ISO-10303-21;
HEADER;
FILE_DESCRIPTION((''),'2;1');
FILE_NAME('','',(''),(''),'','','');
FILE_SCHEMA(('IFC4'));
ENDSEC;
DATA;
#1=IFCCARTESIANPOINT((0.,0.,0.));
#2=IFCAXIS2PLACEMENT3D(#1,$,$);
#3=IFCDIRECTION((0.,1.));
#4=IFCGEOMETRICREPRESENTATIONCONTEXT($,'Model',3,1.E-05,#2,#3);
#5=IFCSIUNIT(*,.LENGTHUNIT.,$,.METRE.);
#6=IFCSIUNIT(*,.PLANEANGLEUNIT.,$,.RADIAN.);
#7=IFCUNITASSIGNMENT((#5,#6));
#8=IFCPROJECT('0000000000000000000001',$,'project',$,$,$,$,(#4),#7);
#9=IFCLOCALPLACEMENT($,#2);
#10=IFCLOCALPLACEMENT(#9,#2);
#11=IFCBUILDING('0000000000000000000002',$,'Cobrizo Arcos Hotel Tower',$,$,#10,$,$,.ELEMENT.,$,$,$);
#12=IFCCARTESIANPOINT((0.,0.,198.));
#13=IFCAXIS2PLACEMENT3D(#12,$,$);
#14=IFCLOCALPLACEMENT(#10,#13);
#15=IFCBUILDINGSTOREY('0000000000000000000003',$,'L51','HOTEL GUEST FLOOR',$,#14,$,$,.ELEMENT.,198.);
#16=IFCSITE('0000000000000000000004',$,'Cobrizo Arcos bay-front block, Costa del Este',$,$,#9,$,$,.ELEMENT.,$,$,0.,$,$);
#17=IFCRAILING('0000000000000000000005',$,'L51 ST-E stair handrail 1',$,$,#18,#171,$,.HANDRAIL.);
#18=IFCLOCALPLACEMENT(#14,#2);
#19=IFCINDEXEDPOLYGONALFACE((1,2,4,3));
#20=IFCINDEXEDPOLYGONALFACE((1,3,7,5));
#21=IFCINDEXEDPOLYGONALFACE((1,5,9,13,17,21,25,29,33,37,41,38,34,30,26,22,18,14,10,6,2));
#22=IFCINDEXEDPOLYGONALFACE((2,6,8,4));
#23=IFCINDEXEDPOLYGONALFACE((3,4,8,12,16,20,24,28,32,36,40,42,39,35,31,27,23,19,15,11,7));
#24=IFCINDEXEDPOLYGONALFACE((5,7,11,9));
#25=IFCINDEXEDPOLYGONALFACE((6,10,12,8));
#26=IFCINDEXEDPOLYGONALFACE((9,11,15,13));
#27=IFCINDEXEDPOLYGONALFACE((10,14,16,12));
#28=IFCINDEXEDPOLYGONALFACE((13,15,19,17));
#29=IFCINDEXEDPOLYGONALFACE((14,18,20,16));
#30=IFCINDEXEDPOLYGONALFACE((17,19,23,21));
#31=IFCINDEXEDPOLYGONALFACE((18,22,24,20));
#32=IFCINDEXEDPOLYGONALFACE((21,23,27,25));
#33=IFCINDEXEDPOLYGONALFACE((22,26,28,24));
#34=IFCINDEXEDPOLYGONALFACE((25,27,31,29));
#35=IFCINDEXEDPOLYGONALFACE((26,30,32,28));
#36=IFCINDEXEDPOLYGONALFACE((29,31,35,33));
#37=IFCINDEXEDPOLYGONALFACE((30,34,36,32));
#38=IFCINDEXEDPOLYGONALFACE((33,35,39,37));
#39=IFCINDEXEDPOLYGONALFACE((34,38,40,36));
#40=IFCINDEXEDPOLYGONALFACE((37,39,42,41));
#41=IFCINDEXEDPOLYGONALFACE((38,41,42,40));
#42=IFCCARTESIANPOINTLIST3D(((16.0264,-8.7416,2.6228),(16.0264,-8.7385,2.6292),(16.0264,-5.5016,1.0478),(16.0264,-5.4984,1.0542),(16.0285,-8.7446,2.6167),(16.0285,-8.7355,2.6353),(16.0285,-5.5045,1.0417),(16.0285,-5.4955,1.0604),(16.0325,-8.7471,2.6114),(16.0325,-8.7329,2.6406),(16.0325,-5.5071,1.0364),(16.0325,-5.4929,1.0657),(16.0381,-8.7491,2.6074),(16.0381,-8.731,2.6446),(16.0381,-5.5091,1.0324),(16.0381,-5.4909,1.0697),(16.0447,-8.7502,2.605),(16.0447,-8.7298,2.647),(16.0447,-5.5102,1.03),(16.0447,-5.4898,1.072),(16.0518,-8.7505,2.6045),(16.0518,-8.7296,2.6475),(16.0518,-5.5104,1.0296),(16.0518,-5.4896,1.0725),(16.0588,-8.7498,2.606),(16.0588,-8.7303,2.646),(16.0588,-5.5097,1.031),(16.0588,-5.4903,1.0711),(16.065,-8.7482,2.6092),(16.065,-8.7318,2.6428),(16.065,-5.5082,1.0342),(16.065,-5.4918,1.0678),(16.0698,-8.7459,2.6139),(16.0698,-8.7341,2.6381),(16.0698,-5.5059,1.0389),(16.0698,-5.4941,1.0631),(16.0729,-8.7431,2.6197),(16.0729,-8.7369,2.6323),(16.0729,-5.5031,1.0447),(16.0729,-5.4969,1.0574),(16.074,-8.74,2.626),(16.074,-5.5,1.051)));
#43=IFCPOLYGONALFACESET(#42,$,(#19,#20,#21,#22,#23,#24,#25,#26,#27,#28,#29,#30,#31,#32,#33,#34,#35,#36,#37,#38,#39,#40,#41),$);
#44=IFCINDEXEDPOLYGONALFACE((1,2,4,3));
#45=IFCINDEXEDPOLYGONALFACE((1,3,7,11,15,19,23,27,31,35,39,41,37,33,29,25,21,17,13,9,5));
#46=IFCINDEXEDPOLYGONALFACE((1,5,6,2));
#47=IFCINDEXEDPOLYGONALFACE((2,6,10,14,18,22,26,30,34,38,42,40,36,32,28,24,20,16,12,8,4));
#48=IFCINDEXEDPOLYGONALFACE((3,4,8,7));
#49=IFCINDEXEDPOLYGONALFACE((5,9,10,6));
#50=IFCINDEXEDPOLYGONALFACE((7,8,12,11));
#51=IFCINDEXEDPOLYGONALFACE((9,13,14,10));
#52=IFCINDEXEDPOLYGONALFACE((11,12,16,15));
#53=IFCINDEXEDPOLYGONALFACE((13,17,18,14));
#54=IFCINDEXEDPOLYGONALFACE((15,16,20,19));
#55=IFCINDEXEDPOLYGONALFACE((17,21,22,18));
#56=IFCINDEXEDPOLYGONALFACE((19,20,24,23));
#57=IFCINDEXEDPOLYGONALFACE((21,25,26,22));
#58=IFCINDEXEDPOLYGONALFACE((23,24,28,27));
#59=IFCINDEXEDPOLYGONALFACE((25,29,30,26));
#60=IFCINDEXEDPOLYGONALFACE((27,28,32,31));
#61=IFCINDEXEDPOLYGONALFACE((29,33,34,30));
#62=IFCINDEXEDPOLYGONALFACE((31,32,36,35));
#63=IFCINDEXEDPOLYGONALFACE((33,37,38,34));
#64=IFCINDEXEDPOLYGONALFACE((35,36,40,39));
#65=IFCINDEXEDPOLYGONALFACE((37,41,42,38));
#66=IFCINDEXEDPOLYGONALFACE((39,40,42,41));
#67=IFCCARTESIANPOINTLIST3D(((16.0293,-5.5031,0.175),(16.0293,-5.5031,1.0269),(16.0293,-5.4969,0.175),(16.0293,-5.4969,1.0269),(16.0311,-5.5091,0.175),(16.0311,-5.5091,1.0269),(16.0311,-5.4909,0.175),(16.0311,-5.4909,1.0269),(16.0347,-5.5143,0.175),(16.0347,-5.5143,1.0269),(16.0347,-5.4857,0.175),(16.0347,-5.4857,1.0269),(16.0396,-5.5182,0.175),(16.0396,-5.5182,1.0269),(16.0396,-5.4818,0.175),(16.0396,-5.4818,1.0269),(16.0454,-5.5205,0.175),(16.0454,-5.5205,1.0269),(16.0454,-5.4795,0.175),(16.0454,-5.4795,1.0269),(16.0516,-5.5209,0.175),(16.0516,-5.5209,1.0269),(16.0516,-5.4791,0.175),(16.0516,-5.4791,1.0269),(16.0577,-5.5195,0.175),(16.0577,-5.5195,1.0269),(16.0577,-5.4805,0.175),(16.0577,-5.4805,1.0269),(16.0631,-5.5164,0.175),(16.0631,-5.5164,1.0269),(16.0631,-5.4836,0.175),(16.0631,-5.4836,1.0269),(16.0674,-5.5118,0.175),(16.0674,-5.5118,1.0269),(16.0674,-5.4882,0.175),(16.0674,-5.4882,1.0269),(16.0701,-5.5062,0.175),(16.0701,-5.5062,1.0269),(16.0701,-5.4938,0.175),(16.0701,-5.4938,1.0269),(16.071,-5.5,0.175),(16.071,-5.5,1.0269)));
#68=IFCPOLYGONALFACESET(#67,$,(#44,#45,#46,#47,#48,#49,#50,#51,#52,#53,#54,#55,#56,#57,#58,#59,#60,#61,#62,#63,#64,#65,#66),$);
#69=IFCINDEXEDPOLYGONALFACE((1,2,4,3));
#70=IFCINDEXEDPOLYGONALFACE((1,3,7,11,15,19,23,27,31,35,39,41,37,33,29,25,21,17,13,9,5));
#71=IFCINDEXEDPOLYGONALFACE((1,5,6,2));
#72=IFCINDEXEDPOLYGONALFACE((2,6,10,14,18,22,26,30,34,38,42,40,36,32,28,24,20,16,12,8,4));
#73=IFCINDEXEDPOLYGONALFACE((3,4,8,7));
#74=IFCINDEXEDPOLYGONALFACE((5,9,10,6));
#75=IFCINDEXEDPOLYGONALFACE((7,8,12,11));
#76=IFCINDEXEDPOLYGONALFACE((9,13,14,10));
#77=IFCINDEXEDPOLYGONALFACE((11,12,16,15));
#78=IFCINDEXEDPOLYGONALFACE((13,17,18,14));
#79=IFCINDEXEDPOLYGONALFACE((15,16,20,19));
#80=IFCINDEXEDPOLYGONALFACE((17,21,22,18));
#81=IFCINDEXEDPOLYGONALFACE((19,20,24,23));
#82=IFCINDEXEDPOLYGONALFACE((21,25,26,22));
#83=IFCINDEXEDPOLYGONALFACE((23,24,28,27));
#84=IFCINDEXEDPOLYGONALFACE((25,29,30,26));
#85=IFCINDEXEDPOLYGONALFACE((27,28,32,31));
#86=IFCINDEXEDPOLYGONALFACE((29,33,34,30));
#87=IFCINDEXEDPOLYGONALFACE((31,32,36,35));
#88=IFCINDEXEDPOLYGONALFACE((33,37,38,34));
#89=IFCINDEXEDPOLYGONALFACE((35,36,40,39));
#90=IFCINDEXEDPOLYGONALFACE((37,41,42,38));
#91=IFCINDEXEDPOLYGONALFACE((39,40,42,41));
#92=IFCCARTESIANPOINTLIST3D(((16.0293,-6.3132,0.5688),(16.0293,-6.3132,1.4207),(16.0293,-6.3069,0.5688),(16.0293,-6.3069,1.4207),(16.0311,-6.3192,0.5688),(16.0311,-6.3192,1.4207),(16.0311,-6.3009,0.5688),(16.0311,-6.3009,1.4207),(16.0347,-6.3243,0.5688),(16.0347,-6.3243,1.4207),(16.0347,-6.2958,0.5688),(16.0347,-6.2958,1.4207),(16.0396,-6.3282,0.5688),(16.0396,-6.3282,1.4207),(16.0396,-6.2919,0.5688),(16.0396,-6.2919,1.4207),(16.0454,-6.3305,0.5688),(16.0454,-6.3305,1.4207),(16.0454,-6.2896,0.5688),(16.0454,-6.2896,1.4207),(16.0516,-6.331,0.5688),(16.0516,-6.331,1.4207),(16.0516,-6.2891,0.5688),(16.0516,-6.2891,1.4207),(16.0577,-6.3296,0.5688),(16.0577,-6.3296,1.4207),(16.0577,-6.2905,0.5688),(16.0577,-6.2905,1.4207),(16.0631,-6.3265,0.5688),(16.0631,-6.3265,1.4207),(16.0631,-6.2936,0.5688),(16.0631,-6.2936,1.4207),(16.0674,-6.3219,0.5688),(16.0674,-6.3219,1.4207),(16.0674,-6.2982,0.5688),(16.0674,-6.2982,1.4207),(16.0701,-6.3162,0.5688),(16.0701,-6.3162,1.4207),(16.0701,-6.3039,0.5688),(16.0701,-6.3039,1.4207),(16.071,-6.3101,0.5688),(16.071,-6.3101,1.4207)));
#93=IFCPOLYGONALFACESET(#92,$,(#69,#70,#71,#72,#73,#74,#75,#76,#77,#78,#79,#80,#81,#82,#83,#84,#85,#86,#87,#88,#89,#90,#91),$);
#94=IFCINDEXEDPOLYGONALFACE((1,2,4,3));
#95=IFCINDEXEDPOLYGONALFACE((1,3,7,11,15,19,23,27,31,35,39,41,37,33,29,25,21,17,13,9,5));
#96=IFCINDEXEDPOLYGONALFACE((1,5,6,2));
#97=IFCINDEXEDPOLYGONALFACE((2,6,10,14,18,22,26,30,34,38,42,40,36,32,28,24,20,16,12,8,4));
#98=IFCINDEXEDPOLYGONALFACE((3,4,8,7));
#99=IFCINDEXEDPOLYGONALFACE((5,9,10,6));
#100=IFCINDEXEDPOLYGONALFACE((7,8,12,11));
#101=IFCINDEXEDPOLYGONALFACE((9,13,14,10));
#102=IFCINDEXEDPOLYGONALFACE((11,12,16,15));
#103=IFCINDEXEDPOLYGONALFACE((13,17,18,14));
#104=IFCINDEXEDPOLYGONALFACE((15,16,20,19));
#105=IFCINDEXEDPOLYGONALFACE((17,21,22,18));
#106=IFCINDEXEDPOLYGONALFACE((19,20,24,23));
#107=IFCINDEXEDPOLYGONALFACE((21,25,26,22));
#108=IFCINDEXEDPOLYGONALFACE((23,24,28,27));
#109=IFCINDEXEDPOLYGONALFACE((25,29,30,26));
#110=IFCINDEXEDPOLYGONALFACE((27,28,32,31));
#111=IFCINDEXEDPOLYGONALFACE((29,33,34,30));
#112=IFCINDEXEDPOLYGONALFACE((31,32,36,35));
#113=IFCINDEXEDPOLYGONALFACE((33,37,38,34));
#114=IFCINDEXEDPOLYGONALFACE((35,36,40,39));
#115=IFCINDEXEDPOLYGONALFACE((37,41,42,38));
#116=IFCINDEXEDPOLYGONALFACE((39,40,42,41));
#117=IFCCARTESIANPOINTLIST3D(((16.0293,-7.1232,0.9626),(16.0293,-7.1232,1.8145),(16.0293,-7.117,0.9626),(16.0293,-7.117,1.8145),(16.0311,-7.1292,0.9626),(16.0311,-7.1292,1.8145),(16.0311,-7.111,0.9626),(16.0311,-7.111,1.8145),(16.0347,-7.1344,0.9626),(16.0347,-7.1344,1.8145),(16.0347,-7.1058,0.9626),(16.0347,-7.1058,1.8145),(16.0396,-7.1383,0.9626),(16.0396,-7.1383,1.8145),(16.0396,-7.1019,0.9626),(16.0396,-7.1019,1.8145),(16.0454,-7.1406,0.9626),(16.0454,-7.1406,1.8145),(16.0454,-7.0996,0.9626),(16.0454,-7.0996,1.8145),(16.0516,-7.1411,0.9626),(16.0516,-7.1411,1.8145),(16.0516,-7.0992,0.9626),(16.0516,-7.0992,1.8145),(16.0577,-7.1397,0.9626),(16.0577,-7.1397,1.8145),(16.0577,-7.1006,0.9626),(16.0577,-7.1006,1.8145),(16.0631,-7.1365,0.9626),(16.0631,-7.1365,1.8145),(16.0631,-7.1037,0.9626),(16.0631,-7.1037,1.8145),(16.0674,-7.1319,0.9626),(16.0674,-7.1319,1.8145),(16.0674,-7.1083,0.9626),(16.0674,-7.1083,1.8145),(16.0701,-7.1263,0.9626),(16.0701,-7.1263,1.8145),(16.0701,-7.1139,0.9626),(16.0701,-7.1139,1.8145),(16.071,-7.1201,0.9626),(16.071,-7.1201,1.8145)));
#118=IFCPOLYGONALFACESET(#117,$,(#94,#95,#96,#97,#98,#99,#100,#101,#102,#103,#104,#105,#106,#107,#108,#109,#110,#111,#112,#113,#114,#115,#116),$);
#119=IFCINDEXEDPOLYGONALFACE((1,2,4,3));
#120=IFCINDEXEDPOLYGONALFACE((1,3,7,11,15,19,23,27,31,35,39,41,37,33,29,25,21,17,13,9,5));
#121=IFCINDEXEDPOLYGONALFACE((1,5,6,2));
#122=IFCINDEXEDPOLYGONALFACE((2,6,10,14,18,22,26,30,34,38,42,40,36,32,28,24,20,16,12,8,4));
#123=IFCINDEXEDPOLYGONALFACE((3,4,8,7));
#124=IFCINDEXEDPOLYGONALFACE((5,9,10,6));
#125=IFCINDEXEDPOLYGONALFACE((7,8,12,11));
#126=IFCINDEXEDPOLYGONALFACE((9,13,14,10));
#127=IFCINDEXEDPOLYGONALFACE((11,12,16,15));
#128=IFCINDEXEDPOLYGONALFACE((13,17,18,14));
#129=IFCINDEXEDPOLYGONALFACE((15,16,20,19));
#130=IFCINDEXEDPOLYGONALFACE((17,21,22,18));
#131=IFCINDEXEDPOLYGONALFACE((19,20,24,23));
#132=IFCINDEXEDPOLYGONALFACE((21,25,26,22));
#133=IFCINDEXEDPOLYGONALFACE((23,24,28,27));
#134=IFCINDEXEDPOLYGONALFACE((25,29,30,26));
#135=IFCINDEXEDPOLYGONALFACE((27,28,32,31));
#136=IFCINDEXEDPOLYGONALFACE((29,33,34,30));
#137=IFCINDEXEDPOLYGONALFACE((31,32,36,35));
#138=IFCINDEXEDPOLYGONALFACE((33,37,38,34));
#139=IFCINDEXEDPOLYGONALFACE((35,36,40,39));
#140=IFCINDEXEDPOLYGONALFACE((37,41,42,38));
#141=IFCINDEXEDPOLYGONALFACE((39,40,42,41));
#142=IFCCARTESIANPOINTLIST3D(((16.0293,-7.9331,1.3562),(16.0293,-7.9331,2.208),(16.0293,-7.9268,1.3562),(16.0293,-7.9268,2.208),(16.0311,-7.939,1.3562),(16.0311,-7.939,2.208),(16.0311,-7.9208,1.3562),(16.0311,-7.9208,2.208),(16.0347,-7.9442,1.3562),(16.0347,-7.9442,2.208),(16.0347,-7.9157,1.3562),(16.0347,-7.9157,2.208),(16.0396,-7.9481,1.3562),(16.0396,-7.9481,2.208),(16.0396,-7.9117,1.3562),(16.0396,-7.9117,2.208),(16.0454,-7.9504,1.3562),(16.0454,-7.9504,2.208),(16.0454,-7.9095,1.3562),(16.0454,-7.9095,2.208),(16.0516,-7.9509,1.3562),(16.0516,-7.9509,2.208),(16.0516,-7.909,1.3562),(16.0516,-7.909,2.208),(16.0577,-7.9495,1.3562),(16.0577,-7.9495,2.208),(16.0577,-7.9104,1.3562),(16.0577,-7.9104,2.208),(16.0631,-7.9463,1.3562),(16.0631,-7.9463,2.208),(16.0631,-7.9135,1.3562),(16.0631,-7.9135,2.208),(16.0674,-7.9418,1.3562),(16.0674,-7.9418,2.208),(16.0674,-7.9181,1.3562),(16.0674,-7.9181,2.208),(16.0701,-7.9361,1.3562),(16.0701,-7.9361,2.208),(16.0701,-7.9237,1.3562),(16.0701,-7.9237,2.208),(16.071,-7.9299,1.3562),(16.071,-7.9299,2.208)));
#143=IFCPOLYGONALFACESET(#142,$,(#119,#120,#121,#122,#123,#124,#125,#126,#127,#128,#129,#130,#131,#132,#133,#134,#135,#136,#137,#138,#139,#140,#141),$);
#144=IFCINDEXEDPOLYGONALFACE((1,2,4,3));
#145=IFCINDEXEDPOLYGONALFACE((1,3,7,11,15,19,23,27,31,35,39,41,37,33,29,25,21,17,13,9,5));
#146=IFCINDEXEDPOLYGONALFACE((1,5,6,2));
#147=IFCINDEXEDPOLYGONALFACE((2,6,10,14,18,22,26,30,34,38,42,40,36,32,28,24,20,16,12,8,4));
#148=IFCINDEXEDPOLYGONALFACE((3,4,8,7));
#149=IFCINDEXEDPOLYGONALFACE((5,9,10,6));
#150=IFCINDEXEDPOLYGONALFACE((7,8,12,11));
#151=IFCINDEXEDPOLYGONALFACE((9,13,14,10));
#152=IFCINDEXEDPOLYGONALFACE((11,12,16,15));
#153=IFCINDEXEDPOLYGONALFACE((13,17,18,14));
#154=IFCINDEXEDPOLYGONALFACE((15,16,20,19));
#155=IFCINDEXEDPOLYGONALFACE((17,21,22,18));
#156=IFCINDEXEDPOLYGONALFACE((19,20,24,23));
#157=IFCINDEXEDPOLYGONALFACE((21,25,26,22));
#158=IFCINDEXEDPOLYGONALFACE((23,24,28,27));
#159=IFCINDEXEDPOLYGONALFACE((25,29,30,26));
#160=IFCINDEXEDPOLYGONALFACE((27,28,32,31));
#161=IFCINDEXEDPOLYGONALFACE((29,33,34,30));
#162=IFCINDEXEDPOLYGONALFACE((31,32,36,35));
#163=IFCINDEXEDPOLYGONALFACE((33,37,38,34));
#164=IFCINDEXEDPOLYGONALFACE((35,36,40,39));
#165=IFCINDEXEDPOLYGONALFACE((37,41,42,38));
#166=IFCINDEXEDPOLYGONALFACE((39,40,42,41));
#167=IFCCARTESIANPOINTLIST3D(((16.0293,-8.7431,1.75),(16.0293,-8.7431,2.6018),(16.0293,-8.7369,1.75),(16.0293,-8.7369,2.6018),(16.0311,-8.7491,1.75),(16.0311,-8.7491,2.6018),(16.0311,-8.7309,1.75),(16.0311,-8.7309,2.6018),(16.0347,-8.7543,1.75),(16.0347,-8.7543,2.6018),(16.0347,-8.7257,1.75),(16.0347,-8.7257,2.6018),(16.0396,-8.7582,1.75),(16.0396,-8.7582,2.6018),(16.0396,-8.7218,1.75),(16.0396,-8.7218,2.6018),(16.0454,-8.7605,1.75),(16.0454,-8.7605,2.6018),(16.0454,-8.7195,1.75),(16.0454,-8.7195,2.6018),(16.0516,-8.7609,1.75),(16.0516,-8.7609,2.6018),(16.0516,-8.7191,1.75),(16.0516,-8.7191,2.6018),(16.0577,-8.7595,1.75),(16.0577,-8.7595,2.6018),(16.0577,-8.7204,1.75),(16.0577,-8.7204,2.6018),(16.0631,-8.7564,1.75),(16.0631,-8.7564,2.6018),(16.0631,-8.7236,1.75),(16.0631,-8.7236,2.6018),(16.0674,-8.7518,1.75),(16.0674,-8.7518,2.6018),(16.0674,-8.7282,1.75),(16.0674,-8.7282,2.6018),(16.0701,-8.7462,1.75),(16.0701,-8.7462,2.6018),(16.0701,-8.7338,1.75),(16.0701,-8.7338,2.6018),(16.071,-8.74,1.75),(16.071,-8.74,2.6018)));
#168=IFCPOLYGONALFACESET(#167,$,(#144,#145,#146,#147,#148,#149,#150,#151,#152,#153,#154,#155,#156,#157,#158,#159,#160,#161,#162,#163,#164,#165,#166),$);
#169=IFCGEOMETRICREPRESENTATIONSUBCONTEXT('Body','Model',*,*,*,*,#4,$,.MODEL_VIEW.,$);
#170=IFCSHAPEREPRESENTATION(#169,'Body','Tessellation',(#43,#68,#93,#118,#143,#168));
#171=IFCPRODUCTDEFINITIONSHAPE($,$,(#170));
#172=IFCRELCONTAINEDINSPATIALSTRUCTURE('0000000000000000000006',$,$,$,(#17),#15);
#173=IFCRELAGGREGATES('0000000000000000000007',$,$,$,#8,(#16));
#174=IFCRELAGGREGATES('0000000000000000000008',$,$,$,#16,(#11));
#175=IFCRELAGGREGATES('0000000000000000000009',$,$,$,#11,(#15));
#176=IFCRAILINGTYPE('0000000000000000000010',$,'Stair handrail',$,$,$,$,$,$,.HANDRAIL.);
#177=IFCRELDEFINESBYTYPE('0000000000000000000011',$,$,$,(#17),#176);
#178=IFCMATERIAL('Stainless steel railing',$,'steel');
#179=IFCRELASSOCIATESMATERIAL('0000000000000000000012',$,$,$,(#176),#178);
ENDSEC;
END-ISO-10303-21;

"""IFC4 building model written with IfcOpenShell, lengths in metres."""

from ifc_helpers import new_model, si_unit, direction, frame, origin, origin_2d, place, context, subcontext, project, spatial, circle, extrude, material, type_object, element, save


model = new_model("IFC4")

# Units and contexts
model_context = context("Model", 3, precision=1e-05, world=origin(), true_north=direction((0.0, 1.0)))
body_context = subcontext(model_context, "Body", "Model", "MODEL_VIEW")
ifc_project = project(units=[si_unit("LENGTHUNIT", "METRE"), si_unit("PLANEANGLEUNIT", "RADIAN")], contexts=[model_context])

# Site, building, storey
site_placement = place(None, origin())
site = spatial("IfcSite", under=ifc_project, at=site_placement, Name="Cobrizo Arcos bay-front block, Costa del Este", CompositionType="ELEMENT", RefElevation=0.0)
building_placement = place(site_placement, origin())
building = spatial("IfcBuilding", under=site, at=building_placement, Name="Cobrizo Arcos Hotel Tower", CompositionType="ELEMENT")
storey_placement = place(building_placement, frame((0.0, 0.0, 198.0)))
storey = spatial("IfcBuildingStorey", under=building, at=storey_placement, Name="L51", Description="HOTEL GUEST FLOOR", CompositionType="ELEMENT", Elevation=198.0)

# Railing
ifc_material_1 = material(Name="Stainless steel railing", Category="steel")
railing_type_1 = type_object("IfcRailingType", Name="Stair handrail", PredefinedType="HANDRAIL", material=ifc_material_1)
railing_1_placement = place(storey_placement, frame((16.05, -5.5, 0.175)))
element("IfcRailing", 1, at=railing_1_placement, inside=storey, type_object=railing_type_1, Name="L51 ST-E stair handrail 1", PredefinedType="HANDRAIL", context=body_context, shape_type="SweptSolid", body=[
    extrude(circle(Radius=0.0239, at=origin_2d()), frame((0.0, 0.0, 0.876), z_axis=(0.0, -0.899373, 0.437183), x_axis=(1.0, 0.0, 0.0)), (0.0, 0.0, 1.0), 3.6025),
    extrude(circle(Radius=0.021, at=origin_2d()), origin(), (0.0, 0.0, 1.0), 0.8518),
    extrude(circle(Radius=0.021, at=origin_2d()), frame((0.0, -0.8101, 0.3938)), (0.0, 0.0, 1.0), 0.8518),
    extrude(circle(Radius=0.021, at=origin_2d()), frame((0.0, -1.6201, 0.7876)), (0.0, 0.0, 1.0), 0.8518),
    extrude(circle(Radius=0.021, at=origin_2d()), frame((0.0, -2.4299, 1.1812)), (0.0, 0.0, 1.0), 0.8518),
    extrude(circle(Radius=0.021, at=origin_2d()), frame((0.0, -3.24, 1.575)), (0.0, 0.0, 1.0), 0.8518),
])

save(model, "model.ifc")
